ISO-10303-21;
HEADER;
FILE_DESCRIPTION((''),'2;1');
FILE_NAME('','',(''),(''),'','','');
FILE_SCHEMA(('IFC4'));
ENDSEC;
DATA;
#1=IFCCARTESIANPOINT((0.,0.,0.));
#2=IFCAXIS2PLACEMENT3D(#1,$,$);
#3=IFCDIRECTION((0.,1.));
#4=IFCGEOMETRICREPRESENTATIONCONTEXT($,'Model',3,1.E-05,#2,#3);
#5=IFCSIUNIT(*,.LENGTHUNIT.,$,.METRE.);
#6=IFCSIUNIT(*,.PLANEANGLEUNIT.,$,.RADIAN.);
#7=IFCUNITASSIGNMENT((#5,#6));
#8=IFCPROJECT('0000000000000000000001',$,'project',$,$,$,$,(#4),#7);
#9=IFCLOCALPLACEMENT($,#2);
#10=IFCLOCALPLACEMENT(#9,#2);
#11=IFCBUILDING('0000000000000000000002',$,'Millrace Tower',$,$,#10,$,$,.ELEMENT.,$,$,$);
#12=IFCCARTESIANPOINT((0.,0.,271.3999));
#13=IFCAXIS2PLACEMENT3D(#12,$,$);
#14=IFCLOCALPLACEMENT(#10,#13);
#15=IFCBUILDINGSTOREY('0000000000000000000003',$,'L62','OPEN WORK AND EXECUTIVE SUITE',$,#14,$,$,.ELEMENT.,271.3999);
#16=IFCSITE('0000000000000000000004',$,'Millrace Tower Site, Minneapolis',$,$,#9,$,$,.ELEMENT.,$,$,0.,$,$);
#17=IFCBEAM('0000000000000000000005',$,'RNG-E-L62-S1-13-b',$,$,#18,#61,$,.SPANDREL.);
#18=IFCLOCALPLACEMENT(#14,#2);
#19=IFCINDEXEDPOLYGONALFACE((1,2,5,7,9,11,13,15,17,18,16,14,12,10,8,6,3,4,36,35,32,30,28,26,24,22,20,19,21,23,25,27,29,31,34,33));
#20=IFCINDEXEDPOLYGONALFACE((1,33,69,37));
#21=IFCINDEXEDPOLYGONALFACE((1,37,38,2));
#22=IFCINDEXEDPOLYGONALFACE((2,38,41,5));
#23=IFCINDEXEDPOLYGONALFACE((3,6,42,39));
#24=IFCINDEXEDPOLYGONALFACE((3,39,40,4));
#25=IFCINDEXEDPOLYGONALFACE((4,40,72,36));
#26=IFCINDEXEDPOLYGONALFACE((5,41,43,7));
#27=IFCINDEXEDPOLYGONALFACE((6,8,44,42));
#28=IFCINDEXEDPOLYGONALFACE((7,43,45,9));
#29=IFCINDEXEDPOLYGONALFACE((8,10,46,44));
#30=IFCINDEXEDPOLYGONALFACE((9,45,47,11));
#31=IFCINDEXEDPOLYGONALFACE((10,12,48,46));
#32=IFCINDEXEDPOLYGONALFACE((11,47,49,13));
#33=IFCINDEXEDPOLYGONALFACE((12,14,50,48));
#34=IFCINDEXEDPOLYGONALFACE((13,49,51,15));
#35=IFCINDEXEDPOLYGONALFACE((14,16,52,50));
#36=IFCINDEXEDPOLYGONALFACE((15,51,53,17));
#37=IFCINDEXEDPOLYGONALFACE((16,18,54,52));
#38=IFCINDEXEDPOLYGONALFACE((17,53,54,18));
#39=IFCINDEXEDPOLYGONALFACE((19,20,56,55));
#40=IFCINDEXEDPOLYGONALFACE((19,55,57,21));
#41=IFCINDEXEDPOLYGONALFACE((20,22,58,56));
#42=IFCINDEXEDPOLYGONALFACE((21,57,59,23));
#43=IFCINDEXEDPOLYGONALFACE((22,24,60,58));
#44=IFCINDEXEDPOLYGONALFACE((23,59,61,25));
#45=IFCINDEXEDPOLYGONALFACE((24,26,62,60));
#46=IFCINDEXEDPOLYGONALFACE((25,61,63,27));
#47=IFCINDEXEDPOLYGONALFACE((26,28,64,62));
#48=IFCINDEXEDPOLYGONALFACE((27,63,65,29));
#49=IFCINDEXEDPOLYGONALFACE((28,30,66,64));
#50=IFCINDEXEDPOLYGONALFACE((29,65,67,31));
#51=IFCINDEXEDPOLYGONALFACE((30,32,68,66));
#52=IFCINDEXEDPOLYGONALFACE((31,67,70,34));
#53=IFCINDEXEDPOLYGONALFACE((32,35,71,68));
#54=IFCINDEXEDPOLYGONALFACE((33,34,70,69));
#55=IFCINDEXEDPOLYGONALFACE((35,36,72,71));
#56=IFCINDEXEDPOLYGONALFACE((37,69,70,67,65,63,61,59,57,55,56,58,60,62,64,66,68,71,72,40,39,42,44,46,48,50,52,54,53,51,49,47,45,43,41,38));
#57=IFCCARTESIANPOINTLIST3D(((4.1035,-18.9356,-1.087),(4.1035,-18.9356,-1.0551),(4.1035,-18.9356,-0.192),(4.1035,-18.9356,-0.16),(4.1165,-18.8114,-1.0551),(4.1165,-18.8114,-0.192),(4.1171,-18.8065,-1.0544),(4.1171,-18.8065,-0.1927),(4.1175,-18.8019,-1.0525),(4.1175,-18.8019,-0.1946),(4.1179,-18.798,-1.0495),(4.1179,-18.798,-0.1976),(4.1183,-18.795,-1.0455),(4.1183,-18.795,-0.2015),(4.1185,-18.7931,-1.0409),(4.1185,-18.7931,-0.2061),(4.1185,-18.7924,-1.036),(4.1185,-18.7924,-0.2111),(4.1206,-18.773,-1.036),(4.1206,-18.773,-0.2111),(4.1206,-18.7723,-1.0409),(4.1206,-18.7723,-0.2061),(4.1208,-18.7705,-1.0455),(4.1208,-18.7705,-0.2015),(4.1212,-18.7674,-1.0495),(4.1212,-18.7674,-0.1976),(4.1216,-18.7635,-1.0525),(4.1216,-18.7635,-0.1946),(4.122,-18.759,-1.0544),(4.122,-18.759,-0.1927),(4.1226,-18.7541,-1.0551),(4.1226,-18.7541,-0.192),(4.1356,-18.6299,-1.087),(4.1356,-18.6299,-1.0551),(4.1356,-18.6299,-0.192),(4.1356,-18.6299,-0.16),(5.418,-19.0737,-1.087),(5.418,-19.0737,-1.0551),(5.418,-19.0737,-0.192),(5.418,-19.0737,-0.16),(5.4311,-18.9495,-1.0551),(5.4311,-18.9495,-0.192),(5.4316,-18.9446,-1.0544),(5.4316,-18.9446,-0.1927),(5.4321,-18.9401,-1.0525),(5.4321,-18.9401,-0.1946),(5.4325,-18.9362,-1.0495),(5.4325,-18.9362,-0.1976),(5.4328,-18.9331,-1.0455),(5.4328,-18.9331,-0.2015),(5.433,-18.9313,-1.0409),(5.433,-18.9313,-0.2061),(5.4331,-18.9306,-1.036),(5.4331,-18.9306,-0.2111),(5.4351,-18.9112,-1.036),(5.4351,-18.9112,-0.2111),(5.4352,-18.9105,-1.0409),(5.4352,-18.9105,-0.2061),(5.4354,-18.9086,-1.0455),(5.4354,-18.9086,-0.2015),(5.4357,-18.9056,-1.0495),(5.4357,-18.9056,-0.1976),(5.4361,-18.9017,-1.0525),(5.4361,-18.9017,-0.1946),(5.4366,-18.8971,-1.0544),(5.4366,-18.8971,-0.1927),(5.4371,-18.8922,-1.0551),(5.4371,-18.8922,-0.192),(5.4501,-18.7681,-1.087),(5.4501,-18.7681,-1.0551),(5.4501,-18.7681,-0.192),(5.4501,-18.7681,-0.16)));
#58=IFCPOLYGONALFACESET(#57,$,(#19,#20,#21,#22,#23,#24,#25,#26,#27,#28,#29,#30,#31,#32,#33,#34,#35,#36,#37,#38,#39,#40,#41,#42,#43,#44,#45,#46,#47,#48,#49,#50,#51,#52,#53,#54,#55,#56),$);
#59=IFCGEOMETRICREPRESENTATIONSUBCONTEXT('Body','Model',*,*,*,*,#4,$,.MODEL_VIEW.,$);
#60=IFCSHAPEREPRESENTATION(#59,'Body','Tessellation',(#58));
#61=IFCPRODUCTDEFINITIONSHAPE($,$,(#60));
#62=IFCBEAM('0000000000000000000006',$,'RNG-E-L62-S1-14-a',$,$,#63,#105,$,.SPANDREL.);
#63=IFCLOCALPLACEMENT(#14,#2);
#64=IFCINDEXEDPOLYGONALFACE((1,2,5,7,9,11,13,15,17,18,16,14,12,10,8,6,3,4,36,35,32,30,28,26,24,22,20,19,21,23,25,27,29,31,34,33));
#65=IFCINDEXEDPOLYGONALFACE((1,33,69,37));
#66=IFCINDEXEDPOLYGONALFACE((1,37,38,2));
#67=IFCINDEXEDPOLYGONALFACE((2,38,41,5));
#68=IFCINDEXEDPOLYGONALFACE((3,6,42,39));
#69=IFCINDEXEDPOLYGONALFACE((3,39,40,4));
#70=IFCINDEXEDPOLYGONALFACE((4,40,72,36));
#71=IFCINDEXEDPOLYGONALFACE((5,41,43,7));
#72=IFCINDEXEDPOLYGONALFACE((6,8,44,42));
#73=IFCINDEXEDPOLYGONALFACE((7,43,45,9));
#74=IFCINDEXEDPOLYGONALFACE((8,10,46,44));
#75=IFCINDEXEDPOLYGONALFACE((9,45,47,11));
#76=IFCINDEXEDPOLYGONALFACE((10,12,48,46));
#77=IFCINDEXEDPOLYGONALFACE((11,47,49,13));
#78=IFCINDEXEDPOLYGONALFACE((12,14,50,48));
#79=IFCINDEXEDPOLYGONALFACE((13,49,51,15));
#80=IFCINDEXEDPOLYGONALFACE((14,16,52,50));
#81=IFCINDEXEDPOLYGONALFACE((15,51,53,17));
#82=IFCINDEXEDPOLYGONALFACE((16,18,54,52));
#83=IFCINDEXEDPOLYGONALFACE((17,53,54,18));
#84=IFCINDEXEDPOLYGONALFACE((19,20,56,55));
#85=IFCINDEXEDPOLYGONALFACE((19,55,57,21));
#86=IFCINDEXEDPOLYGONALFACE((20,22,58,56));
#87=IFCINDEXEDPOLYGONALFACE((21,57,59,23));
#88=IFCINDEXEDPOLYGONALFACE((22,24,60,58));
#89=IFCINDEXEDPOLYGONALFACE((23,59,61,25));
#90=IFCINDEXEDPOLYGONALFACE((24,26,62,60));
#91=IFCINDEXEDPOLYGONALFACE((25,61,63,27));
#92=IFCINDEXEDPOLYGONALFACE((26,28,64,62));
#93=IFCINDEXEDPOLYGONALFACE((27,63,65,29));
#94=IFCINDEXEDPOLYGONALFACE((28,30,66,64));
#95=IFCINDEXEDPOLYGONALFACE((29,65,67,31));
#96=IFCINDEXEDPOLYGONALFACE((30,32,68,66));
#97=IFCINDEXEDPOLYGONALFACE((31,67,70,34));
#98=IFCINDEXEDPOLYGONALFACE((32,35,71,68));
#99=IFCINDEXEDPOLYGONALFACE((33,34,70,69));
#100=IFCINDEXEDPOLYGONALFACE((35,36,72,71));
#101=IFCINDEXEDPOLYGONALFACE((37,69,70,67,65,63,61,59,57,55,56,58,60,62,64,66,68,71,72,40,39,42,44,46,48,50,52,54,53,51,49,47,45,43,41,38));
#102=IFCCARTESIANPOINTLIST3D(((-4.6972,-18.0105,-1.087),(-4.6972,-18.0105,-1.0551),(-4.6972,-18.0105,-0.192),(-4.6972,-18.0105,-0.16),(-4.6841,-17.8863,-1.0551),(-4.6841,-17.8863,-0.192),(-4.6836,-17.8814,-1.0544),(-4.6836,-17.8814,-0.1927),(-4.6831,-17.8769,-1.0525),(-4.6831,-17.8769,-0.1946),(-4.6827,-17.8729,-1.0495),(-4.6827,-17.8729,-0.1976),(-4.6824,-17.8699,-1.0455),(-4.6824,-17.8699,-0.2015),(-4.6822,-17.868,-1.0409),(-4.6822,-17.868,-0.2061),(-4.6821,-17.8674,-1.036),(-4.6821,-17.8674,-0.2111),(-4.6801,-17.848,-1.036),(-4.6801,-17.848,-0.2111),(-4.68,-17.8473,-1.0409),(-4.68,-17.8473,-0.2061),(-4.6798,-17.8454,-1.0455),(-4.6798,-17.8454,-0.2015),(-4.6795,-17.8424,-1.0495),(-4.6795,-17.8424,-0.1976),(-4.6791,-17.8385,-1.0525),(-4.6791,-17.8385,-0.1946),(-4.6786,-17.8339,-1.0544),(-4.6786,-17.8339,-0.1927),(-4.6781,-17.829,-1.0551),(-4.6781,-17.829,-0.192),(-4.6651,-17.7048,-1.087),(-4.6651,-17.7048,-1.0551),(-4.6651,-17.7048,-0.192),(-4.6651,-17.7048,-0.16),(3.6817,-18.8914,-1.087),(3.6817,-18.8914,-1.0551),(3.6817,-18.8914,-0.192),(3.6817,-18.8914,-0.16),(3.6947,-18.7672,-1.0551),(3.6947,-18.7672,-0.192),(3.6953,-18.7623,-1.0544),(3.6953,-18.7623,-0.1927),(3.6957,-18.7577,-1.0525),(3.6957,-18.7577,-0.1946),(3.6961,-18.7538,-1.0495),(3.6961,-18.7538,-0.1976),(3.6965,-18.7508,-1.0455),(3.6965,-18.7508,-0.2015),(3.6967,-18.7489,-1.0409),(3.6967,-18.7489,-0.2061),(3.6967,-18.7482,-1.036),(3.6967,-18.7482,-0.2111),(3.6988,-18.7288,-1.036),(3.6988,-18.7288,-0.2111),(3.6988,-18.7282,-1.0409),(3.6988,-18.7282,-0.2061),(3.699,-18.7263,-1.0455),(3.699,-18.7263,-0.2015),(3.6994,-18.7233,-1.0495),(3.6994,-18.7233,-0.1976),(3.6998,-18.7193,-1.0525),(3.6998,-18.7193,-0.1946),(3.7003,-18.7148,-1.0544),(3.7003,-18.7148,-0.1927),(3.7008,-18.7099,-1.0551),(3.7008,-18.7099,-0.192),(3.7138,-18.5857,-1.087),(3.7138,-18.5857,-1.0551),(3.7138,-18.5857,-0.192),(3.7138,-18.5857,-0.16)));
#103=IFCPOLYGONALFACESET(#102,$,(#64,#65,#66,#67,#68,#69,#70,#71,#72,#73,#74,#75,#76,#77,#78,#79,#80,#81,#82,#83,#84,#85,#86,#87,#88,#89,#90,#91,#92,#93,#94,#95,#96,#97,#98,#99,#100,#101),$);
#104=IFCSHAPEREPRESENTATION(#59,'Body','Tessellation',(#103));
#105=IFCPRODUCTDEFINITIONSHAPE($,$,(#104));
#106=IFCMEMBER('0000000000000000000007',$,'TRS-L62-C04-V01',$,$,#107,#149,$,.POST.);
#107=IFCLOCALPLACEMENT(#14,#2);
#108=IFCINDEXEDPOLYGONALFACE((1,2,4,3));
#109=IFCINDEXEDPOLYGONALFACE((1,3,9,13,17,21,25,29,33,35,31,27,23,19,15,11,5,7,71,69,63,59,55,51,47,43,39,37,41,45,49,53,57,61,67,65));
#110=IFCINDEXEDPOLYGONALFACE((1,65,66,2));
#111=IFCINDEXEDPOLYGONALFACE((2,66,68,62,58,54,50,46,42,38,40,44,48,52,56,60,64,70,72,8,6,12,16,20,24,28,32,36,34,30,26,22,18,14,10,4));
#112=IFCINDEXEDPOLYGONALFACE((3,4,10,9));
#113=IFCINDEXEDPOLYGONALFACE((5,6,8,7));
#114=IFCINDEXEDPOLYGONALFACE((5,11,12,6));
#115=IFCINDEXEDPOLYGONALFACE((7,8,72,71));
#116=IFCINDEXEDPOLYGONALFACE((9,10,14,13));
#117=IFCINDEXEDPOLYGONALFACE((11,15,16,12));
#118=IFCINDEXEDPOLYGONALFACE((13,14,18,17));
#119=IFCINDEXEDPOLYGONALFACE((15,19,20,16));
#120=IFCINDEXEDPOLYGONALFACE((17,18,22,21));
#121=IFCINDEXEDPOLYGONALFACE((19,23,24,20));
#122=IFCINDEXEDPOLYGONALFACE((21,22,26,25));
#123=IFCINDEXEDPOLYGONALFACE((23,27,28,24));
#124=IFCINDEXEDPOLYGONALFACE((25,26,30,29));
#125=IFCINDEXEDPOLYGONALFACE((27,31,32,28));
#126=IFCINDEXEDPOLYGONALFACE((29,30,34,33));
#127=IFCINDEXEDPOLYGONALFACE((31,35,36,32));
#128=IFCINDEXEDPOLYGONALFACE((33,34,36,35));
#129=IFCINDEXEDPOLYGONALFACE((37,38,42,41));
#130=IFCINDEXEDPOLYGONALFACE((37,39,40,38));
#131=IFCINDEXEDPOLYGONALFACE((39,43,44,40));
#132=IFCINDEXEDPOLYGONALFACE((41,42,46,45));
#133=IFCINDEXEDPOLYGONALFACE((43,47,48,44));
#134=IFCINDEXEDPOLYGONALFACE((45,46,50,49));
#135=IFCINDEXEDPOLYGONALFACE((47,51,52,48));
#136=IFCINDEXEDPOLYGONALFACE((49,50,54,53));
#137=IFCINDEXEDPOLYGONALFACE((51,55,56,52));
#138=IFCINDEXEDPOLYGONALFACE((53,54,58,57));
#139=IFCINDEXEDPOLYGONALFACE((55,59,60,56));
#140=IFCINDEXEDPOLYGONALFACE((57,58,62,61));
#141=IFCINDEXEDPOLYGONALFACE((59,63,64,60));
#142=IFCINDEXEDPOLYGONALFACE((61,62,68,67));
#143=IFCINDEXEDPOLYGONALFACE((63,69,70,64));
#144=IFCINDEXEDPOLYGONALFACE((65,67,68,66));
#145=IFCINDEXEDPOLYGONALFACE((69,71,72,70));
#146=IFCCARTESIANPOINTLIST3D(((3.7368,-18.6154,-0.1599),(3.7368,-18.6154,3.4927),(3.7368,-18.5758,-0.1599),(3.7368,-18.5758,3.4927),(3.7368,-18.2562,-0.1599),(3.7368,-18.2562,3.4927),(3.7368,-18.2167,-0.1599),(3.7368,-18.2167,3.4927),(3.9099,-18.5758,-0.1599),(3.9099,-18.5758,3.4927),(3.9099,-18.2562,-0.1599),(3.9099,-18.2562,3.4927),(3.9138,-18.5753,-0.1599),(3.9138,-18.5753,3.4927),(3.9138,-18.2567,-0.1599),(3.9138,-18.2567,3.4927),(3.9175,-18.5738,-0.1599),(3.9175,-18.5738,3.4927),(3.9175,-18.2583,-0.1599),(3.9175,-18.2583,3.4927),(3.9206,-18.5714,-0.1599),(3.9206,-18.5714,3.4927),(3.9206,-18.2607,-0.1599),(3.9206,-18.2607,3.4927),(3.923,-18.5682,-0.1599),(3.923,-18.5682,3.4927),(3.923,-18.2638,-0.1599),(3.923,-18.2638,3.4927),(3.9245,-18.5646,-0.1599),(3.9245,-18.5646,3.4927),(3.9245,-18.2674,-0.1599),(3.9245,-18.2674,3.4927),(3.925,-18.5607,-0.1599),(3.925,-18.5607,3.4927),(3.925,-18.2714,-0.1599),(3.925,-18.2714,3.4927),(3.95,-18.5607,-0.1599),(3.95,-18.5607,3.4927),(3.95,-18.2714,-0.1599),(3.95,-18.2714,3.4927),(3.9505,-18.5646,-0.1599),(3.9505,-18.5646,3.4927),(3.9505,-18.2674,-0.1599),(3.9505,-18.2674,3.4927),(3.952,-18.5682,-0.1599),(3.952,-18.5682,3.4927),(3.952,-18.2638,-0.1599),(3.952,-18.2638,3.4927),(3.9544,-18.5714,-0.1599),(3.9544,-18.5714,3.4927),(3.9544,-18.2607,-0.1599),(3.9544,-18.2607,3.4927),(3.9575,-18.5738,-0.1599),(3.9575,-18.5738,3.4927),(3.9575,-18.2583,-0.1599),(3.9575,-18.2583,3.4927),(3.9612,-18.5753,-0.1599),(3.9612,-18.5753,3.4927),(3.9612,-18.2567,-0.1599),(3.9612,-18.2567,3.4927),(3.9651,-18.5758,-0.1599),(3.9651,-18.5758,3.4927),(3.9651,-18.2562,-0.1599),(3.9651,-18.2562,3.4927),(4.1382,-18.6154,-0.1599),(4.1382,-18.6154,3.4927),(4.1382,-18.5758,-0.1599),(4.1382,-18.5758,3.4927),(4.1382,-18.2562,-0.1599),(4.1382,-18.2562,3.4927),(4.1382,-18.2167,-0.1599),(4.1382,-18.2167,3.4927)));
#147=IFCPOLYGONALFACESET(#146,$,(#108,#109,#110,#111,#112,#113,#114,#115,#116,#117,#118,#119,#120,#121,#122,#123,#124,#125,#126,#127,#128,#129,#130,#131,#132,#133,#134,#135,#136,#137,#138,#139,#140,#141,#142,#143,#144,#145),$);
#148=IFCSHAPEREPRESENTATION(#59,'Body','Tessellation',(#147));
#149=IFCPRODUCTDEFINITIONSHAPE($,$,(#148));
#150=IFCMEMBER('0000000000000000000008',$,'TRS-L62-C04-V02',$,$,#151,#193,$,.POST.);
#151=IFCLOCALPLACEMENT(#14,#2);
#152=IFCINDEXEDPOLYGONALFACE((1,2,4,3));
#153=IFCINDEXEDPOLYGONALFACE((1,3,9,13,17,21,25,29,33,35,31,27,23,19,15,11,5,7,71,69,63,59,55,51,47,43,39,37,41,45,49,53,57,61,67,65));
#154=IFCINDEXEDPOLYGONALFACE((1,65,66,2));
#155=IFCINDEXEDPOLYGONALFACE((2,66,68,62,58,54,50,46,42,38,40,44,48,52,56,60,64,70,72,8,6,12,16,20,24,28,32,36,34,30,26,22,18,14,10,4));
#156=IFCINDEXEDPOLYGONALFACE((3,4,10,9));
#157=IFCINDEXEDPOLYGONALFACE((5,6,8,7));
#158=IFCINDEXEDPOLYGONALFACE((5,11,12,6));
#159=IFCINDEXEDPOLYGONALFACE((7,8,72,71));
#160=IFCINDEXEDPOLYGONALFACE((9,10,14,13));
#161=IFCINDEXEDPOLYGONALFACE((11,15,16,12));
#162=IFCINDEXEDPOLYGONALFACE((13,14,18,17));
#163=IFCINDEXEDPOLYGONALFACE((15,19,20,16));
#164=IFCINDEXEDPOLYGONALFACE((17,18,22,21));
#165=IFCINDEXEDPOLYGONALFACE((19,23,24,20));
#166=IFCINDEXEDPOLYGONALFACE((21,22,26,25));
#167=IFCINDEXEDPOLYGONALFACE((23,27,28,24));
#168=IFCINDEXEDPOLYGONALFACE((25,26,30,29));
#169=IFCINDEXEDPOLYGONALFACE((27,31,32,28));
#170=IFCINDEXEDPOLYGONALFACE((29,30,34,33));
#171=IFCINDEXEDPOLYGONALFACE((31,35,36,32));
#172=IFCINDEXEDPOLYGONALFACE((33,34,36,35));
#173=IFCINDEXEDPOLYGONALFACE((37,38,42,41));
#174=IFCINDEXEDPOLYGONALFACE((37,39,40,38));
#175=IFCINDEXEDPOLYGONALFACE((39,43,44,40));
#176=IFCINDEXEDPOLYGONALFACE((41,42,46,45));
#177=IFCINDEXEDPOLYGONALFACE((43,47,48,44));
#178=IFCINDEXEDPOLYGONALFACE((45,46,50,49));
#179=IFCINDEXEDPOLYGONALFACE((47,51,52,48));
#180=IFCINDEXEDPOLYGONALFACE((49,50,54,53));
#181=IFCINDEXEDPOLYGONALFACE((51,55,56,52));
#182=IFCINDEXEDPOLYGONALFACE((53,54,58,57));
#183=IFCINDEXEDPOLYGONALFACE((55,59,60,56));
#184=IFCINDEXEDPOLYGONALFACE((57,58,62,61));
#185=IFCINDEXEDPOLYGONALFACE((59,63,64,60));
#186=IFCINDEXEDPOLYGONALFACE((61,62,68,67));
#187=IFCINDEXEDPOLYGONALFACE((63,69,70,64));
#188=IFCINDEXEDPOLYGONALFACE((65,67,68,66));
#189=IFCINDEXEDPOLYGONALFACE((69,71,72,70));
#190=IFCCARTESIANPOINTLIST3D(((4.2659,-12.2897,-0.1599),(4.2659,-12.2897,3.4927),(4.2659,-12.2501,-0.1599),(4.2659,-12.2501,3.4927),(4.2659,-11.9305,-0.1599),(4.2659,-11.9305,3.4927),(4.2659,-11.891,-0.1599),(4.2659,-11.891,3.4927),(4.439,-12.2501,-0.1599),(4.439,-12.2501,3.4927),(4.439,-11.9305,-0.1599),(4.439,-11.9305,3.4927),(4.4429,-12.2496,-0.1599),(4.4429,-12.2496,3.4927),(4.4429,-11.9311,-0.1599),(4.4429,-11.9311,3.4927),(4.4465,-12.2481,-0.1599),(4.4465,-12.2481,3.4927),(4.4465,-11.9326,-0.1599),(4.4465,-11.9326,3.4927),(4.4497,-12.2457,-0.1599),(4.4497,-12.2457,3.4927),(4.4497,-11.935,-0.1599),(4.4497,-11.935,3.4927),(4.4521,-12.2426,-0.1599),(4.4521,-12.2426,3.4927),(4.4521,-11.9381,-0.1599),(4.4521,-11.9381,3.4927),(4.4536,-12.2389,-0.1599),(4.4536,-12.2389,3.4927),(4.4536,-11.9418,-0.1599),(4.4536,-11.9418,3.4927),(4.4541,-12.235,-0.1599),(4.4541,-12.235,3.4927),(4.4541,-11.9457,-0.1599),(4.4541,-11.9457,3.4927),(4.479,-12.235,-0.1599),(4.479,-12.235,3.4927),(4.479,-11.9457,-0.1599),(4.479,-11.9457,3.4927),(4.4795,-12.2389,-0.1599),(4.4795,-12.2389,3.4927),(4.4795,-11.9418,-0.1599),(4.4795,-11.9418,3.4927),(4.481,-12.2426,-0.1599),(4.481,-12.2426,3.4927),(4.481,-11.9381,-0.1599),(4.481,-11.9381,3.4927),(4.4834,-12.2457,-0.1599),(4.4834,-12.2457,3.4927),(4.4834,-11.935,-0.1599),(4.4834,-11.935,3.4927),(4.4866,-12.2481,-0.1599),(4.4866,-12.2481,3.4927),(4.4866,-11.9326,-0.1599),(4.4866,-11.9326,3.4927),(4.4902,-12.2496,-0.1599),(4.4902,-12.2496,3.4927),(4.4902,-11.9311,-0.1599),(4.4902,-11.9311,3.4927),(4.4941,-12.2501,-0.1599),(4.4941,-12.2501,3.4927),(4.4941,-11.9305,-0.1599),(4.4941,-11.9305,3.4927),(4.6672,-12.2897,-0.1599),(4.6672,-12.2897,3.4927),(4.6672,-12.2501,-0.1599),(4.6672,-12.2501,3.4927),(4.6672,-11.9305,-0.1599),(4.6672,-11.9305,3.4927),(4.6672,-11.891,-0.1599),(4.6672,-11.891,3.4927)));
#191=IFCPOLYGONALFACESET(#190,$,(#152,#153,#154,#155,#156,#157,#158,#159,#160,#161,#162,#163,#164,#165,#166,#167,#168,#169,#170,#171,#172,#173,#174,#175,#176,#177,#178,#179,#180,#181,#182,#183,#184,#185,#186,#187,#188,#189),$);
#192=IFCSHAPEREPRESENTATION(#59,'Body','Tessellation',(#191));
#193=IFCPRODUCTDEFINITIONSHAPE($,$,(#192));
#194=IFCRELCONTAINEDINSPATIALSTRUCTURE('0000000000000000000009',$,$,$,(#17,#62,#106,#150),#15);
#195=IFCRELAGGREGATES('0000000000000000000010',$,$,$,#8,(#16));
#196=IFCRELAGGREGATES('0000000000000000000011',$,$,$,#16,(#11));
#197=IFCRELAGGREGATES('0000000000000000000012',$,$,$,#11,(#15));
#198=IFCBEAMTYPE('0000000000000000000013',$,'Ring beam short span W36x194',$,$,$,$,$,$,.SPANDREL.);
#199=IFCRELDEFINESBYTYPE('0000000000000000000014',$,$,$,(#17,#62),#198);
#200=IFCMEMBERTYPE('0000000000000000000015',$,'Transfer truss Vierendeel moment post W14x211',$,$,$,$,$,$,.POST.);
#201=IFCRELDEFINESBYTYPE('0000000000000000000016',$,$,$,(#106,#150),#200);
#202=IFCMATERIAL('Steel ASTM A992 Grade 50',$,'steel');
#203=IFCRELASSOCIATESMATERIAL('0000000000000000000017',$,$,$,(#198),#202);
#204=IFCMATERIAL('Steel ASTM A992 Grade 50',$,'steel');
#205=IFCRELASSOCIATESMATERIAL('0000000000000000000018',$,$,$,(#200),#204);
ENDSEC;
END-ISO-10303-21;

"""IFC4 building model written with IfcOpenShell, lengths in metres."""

from ifc_helpers import new_model, si_unit, direction, frame, origin, origin_2d, place, context, subcontext, project, spatial, i_section, extrude, material, material_profile, profile_set, type_object, element, save


model = new_model("IFC4")

# Units and contexts
model_context = context("Model", 3, precision=1e-05, world=origin(), true_north=direction((0.0, 1.0)))
body_context = subcontext(model_context, "Body", "Model", "MODEL_VIEW")
ifc_project = project(units=[si_unit("LENGTHUNIT", "METRE"), si_unit("PLANEANGLEUNIT", "RADIAN")], contexts=[model_context])

# Site, building, storey
site_placement = place(None, origin())
site = spatial("IfcSite", under=ifc_project, at=site_placement, Name="Millrace Tower Site, Minneapolis", CompositionType="ELEMENT", RefElevation=0.0)
building_placement = place(site_placement, origin())
building = spatial("IfcBuilding", under=site, at=building_placement, Name="Millrace Tower", CompositionType="ELEMENT")
storey_placement = place(building_placement, frame((0.0, 0.0, 271.3999)))
storey = spatial("IfcBuildingStorey", under=building, at=storey_placement, Name="L62", Description="OPEN WORK AND EXECUTIVE SUITE", CompositionType="ELEMENT", Elevation=271.3999)

# Beams
ifc_material_1 = material(Name="Steel ASTM A992 Grade 50", Category="steel")
ifc_material_profile_1 = material_profile(ifc_material_1, i_section(OverallWidth=0.3074, OverallDepth=0.927, WebThickness=0.0195, FlangeThickness=0.032, FilletRadius=0.019, at=origin_2d()))
ifc_profile_set_1 = profile_set([ifc_material_profile_1], Name="Steel ASTM A992 Grade 50")
beam_type_1 = type_object("IfcBeamType", Name="Ring beam short span W36x194", PredefinedType="SPANDREL", material=ifc_profile_set_1)
beam_1_placement = place(storey_placement, frame((5.4341, -18.9209, -0.6235), z_axis=(-0.99452, 0.10455, 0.0), x_axis=(-0.10455, -0.99452, 0.0)))
element("IfcBeam", 1, at=beam_1_placement, inside=storey, type_object=beam_type_1, Name="RNG-E-L62-S1-13-b", PredefinedType="SPANDREL", context=body_context, shape_type="SweptSolid", body=[
    extrude(i_section(OverallWidth=0.3074, OverallDepth=0.927, WebThickness=0.0195, FlangeThickness=0.032, FilletRadius=0.019, at=origin_2d()), origin(), (0.0, 0.0, 1.0), 1.3218),
])
beam_2_placement = place(storey_placement, frame((3.6978, -18.7385, -0.6235), z_axis=(-0.994519, 0.104552, 0.0), x_axis=(-0.104552, -0.994519, 0.0)))
element("IfcBeam", 2, at=beam_2_placement, inside=storey, type_object=beam_type_1, Name="RNG-E-L62-S1-14-a", PredefinedType="SPANDREL", context=body_context, shape_type="SweptSolid", body=[
    extrude(i_section(OverallWidth=0.3074, OverallDepth=0.927, WebThickness=0.0195, FlangeThickness=0.032, FilletRadius=0.019, at=origin_2d()), origin(), (0.0, 0.0, 1.0), 8.425),
])

# Members
ifc_material_2 = material(Name="Steel ASTM A992 Grade 50", Category="steel")
ifc_material_profile_2 = material_profile(ifc_material_2, i_section(OverallWidth=0.4014, OverallDepth=0.3987, WebThickness=0.0249, FlangeThickness=0.0396, FilletRadius=0.0151, at=origin_2d()))
ifc_profile_set_2 = profile_set([ifc_material_profile_2], Name="Steel ASTM A992 Grade 50")
member_type_1 = type_object("IfcMemberType", Name="Transfer truss Vierendeel moment post W14x211", PredefinedType="POST", material=ifc_profile_set_2)
for number, where, z_axis, x_axis, name in (
    (3, (3.9375, -18.416, -0.1599), (0.0, 0.0, 1.0), (1.0, 0.0, 0.0), "TRS-L62-C04-V01"),
    (4, (4.4666, -12.0903, -0.1599), (0.0, 0.0, 1.0), (1.0, 0.0, 0.0), "TRS-L62-C04-V02"),
):
    element("IfcMember", number, at=place(storey_placement, frame(where, z_axis=z_axis, x_axis=x_axis)), inside=storey, type_object=member_type_1, Name=name, PredefinedType="POST", context=body_context, shape_type="SweptSolid", body=[
        extrude(i_section(OverallWidth=0.4014, OverallDepth=0.3987, WebThickness=0.0249, FlangeThickness=0.0396, FilletRadius=0.0151, at=origin_2d()), origin(), (0.0, 0.0, 1.0), 3.6526),
    ])

save(model, "model.ifc")
